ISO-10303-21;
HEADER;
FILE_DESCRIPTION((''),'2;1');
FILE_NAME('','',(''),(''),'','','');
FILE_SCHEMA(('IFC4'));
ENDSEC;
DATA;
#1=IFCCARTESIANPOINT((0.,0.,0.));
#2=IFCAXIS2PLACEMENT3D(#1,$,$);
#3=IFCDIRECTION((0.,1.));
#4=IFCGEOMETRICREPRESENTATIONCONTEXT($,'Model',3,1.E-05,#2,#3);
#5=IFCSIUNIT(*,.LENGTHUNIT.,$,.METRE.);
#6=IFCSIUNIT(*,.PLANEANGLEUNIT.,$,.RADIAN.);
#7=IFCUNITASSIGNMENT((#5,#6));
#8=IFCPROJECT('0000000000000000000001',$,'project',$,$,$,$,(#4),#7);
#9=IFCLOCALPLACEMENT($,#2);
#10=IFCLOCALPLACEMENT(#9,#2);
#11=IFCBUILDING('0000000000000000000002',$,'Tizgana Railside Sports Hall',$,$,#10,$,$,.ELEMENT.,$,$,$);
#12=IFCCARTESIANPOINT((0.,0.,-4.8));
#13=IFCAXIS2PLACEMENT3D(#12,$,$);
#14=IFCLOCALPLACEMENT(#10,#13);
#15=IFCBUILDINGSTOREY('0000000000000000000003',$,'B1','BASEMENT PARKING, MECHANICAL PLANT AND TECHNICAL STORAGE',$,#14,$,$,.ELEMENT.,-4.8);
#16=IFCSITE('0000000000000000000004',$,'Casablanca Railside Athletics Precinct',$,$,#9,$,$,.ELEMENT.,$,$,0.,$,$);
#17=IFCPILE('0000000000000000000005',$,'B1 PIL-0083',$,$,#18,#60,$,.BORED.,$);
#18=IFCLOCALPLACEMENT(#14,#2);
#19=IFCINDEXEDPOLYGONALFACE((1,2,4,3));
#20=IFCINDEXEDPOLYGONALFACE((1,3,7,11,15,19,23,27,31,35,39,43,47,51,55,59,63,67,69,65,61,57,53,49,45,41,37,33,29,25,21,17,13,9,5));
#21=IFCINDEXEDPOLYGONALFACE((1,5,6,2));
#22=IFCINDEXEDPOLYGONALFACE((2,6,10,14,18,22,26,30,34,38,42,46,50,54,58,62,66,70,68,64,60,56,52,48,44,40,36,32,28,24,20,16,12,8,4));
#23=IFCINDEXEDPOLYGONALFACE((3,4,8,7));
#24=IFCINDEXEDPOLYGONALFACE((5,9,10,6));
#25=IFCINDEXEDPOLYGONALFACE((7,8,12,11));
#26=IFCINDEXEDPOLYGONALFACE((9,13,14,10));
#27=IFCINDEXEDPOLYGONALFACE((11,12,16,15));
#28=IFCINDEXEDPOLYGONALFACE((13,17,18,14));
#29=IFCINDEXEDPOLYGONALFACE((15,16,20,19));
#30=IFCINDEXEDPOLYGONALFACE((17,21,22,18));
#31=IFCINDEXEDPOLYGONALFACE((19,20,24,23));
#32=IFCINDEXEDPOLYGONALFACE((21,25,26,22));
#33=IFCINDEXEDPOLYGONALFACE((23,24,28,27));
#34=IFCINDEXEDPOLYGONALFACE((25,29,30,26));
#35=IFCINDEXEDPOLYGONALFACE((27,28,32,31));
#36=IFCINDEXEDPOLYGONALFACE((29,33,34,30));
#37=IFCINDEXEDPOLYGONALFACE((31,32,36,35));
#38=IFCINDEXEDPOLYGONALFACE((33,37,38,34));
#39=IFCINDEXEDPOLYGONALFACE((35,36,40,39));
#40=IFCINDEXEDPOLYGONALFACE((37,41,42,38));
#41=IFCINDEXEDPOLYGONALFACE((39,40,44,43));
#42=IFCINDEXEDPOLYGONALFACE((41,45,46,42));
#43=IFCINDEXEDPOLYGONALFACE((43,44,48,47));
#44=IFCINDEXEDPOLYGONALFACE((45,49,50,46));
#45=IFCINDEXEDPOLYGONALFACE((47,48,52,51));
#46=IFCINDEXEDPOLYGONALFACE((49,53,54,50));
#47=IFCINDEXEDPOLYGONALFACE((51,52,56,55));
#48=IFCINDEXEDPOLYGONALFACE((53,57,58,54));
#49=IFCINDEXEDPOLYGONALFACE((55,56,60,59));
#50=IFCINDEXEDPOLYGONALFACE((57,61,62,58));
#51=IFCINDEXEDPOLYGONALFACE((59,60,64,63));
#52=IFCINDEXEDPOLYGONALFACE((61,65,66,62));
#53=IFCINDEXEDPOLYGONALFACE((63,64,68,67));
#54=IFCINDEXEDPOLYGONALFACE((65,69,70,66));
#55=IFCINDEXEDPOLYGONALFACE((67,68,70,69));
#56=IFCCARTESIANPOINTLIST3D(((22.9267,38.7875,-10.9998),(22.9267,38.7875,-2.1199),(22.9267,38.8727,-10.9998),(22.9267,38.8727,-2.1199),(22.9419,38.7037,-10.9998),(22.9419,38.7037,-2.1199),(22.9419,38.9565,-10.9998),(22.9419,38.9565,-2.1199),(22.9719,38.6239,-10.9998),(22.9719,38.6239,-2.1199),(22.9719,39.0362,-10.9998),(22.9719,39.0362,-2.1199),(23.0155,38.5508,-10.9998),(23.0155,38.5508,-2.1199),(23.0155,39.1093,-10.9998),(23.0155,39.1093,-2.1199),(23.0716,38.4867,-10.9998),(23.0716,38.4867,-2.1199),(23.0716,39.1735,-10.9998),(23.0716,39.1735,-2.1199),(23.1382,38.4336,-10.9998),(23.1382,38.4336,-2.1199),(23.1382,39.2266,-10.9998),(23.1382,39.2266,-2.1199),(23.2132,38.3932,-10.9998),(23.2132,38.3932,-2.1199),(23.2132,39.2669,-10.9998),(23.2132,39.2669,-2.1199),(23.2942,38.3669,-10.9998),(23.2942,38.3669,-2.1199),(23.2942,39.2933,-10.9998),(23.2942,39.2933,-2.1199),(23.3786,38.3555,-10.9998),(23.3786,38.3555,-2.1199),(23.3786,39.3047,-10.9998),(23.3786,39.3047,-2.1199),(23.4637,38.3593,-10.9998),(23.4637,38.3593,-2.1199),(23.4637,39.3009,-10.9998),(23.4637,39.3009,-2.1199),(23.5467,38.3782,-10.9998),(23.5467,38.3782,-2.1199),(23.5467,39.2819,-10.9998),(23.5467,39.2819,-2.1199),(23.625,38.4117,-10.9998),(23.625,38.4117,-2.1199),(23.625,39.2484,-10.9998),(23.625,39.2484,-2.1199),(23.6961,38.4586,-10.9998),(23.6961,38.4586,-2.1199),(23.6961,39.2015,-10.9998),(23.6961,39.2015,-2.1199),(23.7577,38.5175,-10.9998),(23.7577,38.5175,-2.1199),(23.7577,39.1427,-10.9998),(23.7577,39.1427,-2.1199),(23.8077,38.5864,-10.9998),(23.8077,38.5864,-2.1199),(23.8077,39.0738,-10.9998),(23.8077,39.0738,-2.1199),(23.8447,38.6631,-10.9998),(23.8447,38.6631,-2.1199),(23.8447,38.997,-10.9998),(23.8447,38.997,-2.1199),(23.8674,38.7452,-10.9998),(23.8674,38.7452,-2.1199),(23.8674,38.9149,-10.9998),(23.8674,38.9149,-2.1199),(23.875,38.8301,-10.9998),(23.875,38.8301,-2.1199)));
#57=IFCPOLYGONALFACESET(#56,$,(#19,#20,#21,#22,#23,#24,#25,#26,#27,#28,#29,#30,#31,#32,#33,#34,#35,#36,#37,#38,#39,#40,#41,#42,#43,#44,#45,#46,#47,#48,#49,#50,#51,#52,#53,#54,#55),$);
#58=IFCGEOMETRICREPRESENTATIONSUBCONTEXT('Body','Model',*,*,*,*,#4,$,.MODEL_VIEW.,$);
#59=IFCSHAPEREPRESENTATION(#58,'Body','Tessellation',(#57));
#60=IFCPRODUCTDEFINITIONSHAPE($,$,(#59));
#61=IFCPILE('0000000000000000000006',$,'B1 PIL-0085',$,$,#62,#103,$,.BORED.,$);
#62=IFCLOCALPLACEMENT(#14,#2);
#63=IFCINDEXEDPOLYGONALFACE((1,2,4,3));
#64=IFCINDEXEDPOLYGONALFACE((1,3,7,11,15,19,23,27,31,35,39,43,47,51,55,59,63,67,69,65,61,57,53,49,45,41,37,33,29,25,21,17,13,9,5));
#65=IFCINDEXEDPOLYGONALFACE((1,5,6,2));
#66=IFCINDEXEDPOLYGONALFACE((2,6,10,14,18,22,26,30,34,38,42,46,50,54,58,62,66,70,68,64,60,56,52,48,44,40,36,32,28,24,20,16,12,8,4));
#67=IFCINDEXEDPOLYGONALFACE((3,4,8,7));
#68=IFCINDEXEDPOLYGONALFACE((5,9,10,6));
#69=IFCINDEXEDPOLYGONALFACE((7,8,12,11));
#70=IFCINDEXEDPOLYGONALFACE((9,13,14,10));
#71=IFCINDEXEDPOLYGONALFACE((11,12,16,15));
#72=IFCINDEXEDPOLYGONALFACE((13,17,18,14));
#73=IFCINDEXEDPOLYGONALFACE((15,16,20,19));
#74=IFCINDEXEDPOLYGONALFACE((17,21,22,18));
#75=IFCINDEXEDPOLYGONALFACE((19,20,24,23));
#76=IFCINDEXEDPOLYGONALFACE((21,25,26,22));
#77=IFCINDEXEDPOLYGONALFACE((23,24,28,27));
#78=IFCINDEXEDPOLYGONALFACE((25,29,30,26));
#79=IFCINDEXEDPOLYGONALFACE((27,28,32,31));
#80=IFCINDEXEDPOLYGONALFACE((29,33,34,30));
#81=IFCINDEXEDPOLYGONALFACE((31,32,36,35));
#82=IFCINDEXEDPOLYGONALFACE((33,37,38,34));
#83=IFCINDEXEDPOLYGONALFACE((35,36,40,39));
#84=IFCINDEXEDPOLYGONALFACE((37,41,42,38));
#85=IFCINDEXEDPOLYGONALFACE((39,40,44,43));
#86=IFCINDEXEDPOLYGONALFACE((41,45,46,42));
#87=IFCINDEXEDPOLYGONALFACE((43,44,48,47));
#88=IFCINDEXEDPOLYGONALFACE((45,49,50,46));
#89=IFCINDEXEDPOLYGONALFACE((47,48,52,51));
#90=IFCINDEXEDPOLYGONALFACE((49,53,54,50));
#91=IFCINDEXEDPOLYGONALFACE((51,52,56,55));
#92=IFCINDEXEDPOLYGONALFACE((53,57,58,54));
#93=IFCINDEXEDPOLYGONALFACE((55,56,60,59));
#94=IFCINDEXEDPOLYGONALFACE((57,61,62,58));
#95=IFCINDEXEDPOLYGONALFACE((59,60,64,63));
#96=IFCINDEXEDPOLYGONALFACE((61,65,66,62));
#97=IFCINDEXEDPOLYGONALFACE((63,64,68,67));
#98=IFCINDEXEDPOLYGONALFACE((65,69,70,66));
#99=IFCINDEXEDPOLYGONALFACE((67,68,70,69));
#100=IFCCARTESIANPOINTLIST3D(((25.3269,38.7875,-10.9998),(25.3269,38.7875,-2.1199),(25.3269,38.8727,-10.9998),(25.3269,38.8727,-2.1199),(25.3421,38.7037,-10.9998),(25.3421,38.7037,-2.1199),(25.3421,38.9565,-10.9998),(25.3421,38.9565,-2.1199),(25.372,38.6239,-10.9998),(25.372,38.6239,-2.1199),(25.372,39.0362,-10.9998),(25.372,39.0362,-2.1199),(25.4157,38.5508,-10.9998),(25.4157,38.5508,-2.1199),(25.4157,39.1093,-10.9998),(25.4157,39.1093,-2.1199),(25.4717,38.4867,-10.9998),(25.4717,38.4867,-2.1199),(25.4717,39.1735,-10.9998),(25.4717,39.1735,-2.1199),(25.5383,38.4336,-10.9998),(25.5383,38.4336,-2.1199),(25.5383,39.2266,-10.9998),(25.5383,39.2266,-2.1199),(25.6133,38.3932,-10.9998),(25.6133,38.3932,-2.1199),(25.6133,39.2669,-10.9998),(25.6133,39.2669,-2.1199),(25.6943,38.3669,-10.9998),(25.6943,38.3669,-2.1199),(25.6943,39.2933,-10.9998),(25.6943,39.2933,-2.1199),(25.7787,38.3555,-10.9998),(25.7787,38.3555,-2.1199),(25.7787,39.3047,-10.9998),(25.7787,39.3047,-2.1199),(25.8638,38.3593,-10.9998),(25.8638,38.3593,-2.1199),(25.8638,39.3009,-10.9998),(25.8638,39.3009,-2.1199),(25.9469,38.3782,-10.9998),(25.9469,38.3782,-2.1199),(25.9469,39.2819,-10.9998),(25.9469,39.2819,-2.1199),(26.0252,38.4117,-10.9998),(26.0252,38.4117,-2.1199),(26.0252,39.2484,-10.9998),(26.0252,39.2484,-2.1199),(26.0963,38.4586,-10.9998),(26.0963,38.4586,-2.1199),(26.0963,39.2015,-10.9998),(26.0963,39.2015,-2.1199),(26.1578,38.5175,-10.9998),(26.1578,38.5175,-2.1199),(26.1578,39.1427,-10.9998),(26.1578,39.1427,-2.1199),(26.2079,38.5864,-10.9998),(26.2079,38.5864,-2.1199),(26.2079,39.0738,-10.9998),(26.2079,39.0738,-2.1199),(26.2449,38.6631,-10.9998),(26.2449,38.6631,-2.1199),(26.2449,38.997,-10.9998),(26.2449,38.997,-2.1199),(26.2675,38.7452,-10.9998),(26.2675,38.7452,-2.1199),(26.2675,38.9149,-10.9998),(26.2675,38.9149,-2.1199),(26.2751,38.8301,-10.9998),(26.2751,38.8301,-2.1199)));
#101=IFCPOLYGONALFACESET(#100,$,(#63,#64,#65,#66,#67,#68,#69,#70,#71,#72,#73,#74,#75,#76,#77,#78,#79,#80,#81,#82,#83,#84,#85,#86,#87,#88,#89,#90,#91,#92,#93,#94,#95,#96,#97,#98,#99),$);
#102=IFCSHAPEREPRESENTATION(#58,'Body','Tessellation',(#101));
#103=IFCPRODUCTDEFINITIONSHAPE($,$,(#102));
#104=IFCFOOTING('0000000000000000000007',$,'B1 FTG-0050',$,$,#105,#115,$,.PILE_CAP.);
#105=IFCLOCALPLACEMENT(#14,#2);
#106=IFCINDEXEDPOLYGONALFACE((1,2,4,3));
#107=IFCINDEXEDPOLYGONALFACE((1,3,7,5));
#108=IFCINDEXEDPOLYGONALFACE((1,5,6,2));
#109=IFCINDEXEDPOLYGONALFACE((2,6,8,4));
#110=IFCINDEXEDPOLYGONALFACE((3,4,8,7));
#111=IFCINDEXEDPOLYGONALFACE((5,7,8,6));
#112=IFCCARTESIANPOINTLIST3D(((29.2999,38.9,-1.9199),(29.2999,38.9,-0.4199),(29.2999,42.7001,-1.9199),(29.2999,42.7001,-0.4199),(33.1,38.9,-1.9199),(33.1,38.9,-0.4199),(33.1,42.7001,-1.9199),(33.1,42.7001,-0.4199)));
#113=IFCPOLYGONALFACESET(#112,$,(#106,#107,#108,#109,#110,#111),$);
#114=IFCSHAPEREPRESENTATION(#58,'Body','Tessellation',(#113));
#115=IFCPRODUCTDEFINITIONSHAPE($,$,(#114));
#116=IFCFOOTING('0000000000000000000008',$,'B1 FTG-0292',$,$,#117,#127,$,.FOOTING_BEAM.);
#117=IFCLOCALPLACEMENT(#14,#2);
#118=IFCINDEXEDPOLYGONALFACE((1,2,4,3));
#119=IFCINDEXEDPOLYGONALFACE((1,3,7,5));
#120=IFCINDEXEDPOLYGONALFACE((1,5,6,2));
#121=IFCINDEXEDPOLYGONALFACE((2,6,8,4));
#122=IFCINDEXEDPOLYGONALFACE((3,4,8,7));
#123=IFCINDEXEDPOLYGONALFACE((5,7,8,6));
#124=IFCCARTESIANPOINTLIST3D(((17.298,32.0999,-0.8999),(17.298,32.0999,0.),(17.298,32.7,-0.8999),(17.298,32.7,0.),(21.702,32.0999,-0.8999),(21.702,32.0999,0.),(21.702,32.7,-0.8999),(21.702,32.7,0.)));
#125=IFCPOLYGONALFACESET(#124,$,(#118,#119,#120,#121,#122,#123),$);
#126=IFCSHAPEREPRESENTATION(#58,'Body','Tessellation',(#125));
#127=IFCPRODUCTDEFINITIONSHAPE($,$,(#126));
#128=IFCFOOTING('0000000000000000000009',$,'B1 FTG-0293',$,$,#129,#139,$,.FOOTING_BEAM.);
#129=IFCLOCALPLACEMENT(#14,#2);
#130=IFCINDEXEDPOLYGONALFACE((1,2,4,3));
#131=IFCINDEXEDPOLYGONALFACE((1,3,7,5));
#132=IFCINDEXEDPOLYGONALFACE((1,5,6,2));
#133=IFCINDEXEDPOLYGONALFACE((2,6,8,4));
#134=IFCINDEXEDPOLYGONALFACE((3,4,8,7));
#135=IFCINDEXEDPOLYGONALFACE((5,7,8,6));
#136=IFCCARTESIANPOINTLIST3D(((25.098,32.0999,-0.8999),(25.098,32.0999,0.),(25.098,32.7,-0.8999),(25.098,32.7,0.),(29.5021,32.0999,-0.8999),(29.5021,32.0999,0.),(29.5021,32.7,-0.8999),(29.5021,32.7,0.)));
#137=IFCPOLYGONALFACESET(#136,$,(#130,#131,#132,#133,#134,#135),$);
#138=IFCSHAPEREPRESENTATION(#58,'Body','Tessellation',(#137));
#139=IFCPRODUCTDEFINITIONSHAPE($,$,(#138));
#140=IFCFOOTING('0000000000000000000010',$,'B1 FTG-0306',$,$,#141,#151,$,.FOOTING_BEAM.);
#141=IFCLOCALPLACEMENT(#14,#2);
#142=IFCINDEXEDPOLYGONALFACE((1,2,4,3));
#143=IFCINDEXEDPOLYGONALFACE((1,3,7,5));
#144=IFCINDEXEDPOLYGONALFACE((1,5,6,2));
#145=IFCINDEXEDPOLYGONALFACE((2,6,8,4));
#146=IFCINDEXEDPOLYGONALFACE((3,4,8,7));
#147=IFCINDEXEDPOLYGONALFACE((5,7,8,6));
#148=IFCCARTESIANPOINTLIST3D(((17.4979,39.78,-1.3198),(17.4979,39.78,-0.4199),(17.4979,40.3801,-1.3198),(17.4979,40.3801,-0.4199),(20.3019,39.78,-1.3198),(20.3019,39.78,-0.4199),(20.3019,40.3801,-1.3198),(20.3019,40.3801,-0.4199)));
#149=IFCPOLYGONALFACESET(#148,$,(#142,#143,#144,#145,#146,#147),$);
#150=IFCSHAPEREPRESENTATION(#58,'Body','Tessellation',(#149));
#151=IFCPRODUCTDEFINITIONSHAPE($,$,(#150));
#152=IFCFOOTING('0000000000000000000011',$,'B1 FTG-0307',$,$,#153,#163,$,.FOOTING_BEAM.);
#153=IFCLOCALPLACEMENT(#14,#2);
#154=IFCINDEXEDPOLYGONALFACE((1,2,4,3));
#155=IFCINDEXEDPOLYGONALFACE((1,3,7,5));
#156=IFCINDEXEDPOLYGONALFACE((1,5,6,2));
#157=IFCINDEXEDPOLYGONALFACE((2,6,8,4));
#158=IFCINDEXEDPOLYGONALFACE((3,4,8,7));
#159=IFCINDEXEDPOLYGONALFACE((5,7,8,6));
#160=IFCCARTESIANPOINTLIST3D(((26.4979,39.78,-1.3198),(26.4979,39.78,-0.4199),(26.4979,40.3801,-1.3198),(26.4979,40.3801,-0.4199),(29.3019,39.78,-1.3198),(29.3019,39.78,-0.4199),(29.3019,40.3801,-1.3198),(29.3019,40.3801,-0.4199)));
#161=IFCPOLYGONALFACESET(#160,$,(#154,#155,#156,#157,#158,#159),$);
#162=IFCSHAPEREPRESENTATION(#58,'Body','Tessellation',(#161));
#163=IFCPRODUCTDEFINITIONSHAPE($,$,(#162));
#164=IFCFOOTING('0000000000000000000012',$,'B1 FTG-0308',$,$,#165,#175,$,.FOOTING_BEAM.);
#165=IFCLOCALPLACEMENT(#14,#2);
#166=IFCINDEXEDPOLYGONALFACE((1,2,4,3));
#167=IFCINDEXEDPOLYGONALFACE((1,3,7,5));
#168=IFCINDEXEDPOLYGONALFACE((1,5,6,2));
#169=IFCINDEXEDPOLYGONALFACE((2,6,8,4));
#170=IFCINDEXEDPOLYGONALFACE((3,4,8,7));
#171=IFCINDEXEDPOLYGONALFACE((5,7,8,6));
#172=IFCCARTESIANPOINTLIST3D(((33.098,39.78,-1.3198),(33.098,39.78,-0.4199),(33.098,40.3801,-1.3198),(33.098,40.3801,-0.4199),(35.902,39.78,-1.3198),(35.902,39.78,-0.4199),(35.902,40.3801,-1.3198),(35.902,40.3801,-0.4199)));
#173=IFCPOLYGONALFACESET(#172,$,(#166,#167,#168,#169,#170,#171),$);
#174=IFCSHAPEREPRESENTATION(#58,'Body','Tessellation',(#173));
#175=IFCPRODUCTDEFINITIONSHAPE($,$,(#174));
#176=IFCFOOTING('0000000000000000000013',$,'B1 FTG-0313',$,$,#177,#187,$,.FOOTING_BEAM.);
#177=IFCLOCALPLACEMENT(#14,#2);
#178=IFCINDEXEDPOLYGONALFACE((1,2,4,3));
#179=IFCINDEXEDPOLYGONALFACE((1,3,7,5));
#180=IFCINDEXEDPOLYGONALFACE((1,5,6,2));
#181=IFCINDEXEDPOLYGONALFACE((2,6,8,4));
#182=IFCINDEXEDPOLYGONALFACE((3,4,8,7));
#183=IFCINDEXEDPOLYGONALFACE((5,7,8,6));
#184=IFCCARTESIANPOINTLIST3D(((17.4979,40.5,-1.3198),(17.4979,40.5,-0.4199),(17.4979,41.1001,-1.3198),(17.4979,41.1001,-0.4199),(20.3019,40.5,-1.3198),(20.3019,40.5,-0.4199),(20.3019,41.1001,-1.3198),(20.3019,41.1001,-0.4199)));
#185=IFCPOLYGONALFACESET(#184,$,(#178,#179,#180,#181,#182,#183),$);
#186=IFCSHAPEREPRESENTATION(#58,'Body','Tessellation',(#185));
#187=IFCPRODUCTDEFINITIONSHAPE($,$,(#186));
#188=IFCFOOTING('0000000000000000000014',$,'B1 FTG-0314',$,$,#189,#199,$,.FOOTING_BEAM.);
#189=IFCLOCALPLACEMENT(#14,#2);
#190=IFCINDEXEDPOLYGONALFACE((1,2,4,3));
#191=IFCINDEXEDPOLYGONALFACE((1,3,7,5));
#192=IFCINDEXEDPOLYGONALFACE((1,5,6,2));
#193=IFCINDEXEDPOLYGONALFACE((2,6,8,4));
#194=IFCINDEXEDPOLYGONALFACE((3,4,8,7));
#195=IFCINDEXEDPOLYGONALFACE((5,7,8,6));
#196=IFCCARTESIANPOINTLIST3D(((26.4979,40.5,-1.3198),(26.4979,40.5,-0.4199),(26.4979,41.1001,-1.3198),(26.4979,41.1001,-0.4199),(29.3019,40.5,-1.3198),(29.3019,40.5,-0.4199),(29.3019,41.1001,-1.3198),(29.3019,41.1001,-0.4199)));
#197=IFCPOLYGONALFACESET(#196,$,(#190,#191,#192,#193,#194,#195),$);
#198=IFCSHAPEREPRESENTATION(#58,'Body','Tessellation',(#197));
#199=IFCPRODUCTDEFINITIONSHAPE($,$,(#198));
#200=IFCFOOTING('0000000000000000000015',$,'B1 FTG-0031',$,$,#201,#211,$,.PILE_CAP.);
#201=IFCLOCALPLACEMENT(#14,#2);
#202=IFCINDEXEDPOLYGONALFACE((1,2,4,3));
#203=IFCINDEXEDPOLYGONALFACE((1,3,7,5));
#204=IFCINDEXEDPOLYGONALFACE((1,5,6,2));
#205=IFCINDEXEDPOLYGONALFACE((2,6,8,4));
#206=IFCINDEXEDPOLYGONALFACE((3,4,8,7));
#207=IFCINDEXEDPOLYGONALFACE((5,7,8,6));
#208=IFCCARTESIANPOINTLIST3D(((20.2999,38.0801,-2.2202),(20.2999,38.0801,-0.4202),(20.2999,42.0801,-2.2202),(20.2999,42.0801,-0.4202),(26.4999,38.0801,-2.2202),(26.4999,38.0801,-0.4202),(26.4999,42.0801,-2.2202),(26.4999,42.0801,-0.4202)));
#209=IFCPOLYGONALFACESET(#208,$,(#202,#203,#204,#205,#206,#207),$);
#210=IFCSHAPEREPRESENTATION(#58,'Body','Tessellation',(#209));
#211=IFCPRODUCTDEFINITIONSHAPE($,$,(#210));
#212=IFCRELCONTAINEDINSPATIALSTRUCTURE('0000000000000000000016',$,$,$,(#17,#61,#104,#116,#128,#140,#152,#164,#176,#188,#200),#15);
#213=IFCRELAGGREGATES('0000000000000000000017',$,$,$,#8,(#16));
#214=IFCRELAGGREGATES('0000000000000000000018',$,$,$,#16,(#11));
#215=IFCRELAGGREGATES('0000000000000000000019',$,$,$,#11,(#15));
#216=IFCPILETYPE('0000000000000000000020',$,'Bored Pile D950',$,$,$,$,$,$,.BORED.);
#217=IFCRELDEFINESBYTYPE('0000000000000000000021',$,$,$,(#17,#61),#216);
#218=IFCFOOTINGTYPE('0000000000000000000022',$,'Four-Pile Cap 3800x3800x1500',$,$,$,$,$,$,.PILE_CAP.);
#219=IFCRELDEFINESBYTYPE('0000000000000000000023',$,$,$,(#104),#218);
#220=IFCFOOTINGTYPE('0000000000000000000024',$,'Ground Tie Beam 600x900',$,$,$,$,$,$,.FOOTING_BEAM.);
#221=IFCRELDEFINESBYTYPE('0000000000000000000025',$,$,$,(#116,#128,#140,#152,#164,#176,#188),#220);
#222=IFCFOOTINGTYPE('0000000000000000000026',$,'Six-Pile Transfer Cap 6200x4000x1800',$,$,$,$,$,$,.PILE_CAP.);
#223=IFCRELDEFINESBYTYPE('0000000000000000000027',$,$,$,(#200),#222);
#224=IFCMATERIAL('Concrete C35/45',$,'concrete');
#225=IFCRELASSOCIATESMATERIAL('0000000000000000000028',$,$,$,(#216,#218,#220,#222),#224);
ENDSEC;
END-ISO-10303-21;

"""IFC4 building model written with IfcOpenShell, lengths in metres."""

from ifc_helpers import new_model, si_unit, direction, frame, origin, origin_2d, place, context, subcontext, project, spatial, rectangle, circle, extrude, material, material_profile, profile_set, type_object, element, save


model = new_model("IFC4")

# Units and contexts
model_context = context("Model", 3, precision=1e-05, world=origin(), true_north=direction((0.0, 1.0)))
body_context = subcontext(model_context, "Body", "Model", "MODEL_VIEW")
ifc_project = project(units=[si_unit("LENGTHUNIT", "METRE"), si_unit("PLANEANGLEUNIT", "RADIAN")], contexts=[model_context])

# Site, building, storey
site_placement = place(None, origin())
site = spatial("IfcSite", under=ifc_project, at=site_placement, Name="Casablanca Railside Athletics Precinct", CompositionType="ELEMENT", RefElevation=0.0)
building_placement = place(site_placement, origin())
building = spatial("IfcBuilding", under=site, at=building_placement, Name="Tizgana Railside Sports Hall", CompositionType="ELEMENT")
storey_placement = place(building_placement, frame((0.0, 0.0, -4.8)))
storey = spatial("IfcBuildingStorey", under=building, at=storey_placement, Name="B1", Description="BASEMENT PARKING, MECHANICAL PLANT AND TECHNICAL STORAGE", CompositionType="ELEMENT", Elevation=-4.8)

# Piles
ifc_material_1 = material(Name="Concrete C35/45", Category="concrete")
ifc_material_profile_1 = material_profile(ifc_material_1, circle(Radius=0.4751, at=origin_2d()), Name="PILE D950")
ifc_profile_set_1 = profile_set([ifc_material_profile_1], Name="Concrete C35/45")
pile_type_1 = type_object("IfcPileType", Name="Bored Pile D950", PredefinedType="BORED", material=ifc_profile_set_1)
for number, where, z_axis, x_axis, name in (
    (1, (23.3999, 38.8301, -2.1199), (0.0, 0.0, -1.0), (1.0, 0.0, 0.0), "B1 PIL-0083"),
    (2, (25.8, 38.8301, -2.1199), (0.0, 0.0, -1.0), (1.0, 0.0, 0.0), "B1 PIL-0085"),
):
    element("IfcPile", number, at=place(storey_placement, frame(where, z_axis=z_axis, x_axis=x_axis)), inside=storey, type_object=pile_type_1, Name=name, PredefinedType="BORED", context=body_context, shape_type="SweptSolid", body=[
        extrude(circle(Radius=0.4751, at=origin_2d()), origin(), (0.0, 0.0, 1.0), 8.8799),
    ])

# Footings
footing_type_1 = type_object("IfcFootingType", Name="Four-Pile Cap 3800x3800x1500", PredefinedType="PILE_CAP", material=ifc_material_1)
footing_1_placement = place(storey_placement, frame((31.2, 40.8, -1.9199), z_axis=(0.0, 0.0, 1.0), x_axis=(1.0, 0.0, 0.0)))
element("IfcFooting", 3, at=footing_1_placement, inside=storey, type_object=footing_type_1, Name="B1 FTG-0050", PredefinedType="PILE_CAP", context=body_context, shape_type="SweptSolid", body=[
    extrude(rectangle(XDim=3.8, YDim=3.8, at=origin_2d()), origin(), (0.0, 0.0, 1.0), 1.5),
])
footing_type_2 = type_object("IfcFootingType", Name="Ground Tie Beam 600x900", PredefinedType="FOOTING_BEAM", material=ifc_material_1)
for number, where, z_axis, x_axis, name in (
    (4, (19.5, 32.3999, -0.8999), (0.0, 0.0, 1.0), (1.0, 0.0, 0.0), "B1 FTG-0292"),
    (5, (27.3, 32.3999, -0.8999), (0.0, 0.0, 1.0), (1.0, 0.0, 0.0), "B1 FTG-0293"),
):
    element("IfcFooting", number, at=place(storey_placement, frame(where, z_axis=z_axis, x_axis=x_axis)), inside=storey, type_object=footing_type_2, Name=name, PredefinedType="FOOTING_BEAM", context=body_context, shape_type="SweptSolid", body=[
        extrude(rectangle(XDim=4.4041, YDim=0.6001, at=origin_2d()), origin(), (0.0, 0.0, 1.0), 0.8999),
    ])
for number, where, z_axis, x_axis, name in (
    (6, (18.8999, 40.0801, -1.3198), (0.0, 0.0, 1.0), (1.0, 0.0, 0.0), "B1 FTG-0306"),
    (7, (27.8999, 40.0801, -1.3198), (0.0, 0.0, 1.0), (1.0, 0.0, 0.0), "B1 FTG-0307"),
    (8, (34.5, 40.0801, -1.3198), (0.0, 0.0, 1.0), (1.0, 0.0, 0.0), "B1 FTG-0308"),
    (9, (18.8999, 40.8, -1.3198), (0.0, 0.0, 1.0), (1.0, 0.0, 0.0), "B1 FTG-0313"),
    (10, (27.8999, 40.8, -1.3198), (0.0, 0.0, 1.0), (1.0, 0.0, 0.0), "B1 FTG-0314"),
):
    element("IfcFooting", number, at=place(storey_placement, frame(where, z_axis=z_axis, x_axis=x_axis)), inside=storey, type_object=footing_type_2, Name=name, PredefinedType="FOOTING_BEAM", context=body_context, shape_type="SweptSolid", body=[
        extrude(rectangle(XDim=2.804, YDim=0.6001, at=origin_2d()), origin(), (0.0, 0.0, 1.0), 0.8999),
    ])
footing_type_3 = type_object("IfcFootingType", Name="Six-Pile Transfer Cap 6200x4000x1800", PredefinedType="PILE_CAP", material=ifc_material_1)
footing_2_placement = place(storey_placement, frame((23.3999, 40.0801, -2.2202), z_axis=(0.0, 0.0, 1.0), x_axis=(1.0, 0.0, 0.0)))
element("IfcFooting", 11, at=footing_2_placement, inside=storey, type_object=footing_type_3, Name="B1 FTG-0031", PredefinedType="PILE_CAP", context=body_context, shape_type="SweptSolid", body=[
    extrude(rectangle(XDim=6.2, YDim=4.0, at=origin_2d()), origin(), (0.0, 0.0, 1.0), 1.8),
])

save(model, "model.ifc")
